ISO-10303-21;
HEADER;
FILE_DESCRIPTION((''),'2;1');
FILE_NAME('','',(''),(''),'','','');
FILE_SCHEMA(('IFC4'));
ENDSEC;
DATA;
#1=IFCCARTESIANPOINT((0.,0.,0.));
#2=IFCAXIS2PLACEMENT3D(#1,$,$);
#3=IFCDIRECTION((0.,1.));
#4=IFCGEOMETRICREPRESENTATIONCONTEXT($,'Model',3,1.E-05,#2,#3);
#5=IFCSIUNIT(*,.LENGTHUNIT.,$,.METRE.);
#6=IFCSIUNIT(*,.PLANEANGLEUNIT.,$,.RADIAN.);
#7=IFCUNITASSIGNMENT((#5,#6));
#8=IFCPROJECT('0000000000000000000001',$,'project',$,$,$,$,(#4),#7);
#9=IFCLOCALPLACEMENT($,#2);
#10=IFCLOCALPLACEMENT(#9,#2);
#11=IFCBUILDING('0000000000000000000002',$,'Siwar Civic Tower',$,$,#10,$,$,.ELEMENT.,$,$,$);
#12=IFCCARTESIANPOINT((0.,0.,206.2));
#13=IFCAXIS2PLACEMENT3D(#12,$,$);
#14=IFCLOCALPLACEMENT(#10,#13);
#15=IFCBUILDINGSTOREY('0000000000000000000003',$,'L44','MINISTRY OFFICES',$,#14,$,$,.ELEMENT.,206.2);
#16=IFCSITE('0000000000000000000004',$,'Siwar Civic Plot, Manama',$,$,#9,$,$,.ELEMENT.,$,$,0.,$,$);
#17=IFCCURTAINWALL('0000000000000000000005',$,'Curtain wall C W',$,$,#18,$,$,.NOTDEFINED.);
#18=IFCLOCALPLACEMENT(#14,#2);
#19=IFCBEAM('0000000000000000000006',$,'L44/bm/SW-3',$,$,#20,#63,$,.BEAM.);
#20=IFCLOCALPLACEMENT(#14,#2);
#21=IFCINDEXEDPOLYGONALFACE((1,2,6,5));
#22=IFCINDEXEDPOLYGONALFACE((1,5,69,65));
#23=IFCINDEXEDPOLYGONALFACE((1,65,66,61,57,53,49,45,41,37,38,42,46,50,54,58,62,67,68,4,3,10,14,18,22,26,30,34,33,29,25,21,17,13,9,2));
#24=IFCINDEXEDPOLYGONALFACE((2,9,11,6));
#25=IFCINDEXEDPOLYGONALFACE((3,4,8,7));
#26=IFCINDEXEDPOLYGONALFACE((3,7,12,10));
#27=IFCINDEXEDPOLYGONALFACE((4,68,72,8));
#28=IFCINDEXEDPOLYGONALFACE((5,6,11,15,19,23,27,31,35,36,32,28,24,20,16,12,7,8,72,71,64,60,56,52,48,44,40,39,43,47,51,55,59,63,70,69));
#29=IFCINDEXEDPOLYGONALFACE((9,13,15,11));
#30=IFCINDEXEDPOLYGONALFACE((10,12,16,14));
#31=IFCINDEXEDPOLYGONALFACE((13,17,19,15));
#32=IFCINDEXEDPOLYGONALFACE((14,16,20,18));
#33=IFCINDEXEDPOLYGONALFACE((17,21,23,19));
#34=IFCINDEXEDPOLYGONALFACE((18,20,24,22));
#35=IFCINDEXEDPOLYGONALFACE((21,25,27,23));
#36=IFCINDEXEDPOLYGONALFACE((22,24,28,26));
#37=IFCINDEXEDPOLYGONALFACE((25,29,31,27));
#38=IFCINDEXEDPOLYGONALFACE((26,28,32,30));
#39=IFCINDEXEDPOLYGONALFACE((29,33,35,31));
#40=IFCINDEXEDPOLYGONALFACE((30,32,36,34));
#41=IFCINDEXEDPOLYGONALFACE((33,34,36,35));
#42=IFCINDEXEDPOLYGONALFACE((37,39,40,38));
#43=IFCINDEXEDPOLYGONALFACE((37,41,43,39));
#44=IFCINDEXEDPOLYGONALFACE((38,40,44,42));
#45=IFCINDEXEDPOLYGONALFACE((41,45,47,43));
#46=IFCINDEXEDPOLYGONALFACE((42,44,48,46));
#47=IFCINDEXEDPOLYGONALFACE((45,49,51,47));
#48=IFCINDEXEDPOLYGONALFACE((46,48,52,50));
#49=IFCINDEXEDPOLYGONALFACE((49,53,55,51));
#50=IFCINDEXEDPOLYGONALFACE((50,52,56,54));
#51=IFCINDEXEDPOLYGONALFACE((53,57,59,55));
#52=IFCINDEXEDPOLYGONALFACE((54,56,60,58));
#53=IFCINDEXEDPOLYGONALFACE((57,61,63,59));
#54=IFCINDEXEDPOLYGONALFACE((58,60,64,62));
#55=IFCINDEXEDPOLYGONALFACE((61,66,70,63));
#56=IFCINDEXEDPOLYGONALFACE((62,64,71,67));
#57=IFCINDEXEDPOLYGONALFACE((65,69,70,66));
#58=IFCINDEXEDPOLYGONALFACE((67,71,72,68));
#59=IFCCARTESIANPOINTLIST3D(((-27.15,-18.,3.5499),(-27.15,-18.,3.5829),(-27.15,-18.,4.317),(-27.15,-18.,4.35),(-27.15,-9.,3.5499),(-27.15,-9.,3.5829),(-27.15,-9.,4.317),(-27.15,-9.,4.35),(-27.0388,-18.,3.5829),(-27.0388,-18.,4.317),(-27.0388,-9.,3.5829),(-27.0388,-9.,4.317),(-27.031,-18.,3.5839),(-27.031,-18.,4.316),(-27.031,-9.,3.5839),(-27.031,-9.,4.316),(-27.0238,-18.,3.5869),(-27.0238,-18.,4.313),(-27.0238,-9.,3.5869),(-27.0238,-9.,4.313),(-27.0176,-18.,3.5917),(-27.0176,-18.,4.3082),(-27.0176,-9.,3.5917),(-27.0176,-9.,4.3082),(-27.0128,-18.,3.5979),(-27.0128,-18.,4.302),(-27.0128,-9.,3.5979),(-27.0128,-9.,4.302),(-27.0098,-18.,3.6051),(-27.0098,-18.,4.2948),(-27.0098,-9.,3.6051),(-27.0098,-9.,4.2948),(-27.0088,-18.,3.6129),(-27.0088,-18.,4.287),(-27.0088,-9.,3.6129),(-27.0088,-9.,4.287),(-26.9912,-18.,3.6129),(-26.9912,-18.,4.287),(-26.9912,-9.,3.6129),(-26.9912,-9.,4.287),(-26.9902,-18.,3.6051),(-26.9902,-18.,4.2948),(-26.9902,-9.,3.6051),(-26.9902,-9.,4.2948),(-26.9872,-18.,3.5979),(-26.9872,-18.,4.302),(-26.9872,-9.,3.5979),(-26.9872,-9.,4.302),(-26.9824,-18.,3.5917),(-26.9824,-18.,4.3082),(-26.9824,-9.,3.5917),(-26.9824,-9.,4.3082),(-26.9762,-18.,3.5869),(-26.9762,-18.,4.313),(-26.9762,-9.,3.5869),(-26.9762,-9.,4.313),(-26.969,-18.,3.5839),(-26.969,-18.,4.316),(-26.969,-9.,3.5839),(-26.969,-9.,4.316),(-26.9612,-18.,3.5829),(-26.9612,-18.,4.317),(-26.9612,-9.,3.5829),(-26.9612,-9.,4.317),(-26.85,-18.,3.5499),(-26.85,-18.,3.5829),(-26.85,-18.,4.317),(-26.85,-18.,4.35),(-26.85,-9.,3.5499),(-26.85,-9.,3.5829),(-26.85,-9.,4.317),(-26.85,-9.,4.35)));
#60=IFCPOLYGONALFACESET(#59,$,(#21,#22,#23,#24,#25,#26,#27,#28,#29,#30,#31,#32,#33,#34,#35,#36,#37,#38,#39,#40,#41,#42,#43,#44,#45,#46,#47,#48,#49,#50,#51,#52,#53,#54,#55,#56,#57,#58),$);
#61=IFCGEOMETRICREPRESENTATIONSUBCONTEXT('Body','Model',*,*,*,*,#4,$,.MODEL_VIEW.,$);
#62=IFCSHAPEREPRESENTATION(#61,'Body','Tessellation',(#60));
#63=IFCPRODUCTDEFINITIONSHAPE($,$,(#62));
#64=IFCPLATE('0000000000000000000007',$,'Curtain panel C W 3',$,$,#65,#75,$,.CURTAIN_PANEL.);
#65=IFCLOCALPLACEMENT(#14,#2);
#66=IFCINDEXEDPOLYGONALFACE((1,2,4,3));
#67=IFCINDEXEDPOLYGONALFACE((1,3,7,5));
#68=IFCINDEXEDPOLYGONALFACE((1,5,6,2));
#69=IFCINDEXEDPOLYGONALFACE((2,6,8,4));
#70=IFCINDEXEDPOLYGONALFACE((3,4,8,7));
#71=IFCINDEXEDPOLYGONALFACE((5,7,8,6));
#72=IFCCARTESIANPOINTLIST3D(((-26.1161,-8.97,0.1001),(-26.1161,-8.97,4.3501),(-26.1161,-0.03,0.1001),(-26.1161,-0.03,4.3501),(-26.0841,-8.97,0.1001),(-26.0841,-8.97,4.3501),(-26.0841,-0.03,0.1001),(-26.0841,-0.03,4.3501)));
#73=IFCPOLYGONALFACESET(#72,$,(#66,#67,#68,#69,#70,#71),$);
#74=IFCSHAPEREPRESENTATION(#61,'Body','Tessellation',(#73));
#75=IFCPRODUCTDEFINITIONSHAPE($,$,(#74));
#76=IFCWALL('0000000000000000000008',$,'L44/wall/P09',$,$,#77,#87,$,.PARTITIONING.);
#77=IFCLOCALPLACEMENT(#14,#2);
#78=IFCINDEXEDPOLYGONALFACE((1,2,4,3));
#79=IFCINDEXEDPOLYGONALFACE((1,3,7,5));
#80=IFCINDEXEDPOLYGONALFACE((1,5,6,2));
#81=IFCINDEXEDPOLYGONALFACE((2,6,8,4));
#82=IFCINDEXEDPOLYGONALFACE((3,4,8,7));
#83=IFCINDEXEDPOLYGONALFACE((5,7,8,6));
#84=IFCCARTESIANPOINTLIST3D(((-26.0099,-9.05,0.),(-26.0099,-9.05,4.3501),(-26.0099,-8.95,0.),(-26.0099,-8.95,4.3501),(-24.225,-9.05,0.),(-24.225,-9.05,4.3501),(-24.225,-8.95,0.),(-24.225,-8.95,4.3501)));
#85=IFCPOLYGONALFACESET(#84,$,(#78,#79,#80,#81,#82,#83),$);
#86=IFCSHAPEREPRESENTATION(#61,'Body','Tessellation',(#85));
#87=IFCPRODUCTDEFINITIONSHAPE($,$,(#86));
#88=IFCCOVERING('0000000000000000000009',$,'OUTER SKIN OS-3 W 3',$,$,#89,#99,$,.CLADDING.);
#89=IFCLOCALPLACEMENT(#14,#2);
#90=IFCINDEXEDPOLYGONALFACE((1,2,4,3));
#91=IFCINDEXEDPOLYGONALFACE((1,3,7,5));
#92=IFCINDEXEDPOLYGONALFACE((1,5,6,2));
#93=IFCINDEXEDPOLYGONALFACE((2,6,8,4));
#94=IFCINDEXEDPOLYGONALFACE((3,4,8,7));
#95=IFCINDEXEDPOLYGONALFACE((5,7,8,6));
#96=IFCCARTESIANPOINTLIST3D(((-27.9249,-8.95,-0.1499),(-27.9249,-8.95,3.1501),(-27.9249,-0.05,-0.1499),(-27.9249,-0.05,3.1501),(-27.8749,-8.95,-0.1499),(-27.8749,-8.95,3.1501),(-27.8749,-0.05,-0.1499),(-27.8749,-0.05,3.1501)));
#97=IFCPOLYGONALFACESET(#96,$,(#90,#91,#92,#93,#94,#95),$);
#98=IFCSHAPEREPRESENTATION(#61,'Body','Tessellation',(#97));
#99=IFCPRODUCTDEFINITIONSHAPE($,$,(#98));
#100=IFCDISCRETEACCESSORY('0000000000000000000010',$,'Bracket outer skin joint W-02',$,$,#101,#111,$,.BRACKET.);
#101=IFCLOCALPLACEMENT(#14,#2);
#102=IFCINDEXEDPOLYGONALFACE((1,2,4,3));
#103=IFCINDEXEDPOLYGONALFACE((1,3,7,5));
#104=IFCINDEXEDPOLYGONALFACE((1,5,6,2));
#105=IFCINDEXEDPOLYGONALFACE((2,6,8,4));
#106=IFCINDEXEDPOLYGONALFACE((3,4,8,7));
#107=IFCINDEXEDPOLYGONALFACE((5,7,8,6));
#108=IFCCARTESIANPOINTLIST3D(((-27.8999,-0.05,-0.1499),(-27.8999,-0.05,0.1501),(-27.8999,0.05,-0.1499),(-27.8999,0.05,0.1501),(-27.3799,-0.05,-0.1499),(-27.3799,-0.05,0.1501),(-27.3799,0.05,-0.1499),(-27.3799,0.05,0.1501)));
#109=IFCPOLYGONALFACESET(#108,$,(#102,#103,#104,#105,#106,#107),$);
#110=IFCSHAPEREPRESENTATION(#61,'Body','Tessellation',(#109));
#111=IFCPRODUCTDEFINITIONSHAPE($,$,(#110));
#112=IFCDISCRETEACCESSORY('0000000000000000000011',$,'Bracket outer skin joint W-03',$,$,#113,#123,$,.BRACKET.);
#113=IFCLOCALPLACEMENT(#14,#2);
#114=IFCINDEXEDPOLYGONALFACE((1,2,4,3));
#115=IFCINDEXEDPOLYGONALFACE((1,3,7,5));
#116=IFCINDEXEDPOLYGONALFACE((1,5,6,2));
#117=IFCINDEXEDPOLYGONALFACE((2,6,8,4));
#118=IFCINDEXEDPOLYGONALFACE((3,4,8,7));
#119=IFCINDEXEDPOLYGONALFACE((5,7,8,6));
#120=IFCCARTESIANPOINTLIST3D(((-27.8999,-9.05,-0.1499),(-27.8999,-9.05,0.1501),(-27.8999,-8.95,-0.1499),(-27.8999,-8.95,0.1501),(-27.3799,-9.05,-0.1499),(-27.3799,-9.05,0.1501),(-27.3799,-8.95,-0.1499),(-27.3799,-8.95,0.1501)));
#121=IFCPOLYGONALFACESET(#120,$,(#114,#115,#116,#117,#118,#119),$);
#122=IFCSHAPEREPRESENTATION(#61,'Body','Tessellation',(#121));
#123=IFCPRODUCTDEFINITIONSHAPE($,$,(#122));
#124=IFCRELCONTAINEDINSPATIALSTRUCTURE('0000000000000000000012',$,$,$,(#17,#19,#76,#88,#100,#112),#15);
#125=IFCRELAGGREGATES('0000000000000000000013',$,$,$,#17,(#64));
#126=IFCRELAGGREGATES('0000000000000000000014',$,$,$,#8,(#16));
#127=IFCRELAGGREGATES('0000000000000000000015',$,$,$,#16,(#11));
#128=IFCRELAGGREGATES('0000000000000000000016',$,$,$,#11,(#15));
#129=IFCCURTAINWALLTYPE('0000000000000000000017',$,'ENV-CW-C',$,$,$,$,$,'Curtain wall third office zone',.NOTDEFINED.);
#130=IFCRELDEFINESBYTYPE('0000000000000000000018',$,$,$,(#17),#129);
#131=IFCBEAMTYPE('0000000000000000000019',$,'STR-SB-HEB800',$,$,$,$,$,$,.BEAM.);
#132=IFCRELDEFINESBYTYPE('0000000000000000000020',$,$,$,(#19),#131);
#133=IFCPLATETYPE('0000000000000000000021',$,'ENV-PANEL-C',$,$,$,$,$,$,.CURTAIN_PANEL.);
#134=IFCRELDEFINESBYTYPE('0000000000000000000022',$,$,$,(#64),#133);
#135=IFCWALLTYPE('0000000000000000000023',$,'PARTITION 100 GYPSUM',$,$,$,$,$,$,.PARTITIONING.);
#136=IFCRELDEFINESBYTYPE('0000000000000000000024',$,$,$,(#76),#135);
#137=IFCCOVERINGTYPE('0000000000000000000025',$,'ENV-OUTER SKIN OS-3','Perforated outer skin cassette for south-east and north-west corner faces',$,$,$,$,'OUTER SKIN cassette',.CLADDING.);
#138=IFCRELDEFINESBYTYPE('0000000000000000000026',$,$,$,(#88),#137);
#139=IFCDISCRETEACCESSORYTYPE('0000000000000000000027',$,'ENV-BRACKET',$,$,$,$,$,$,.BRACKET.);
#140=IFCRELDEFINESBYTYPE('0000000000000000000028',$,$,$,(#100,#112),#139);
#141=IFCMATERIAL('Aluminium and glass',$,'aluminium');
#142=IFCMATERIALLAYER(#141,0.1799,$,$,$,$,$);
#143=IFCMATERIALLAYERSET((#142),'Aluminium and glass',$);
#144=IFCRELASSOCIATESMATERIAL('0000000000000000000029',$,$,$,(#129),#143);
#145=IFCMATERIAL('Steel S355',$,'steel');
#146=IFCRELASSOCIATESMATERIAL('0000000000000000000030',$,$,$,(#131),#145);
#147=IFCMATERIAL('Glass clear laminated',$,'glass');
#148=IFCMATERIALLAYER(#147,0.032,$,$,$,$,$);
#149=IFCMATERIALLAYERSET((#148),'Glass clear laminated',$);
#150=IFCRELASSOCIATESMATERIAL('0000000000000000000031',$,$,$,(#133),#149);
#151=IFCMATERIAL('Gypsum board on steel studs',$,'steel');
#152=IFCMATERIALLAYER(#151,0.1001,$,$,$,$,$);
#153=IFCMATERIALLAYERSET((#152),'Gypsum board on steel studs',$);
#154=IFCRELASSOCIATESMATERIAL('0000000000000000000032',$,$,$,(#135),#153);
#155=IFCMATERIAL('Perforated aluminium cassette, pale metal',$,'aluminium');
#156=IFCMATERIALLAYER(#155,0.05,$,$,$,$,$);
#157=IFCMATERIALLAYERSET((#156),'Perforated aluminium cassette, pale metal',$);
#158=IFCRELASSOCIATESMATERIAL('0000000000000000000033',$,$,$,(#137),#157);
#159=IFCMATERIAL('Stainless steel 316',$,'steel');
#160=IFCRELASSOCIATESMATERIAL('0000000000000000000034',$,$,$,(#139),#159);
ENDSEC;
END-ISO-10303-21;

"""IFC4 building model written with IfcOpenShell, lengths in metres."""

from ifc_helpers import new_model, si_unit, direction, frame, frame_2d, origin, origin_2d, place, context, subcontext, project, spatial, rectangle, i_section, extrude, material, layer, layer_set, material_profile, profile_set, type_object, element, aggregate, save


model = new_model("IFC4")

# Units and contexts
model_context = context("Model", 3, precision=1e-05, world=origin(), true_north=direction((0.0, 1.0)))
body_context = subcontext(model_context, "Body", "Model", "MODEL_VIEW")
ifc_project = project(units=[si_unit("LENGTHUNIT", "METRE"), si_unit("PLANEANGLEUNIT", "RADIAN")], contexts=[model_context])

# Site, building, storey
site_placement = place(None, origin())
site = spatial("IfcSite", under=ifc_project, at=site_placement, Name="Siwar Civic Plot, Manama", CompositionType="ELEMENT", RefElevation=0.0)
building_placement = place(site_placement, origin())
building = spatial("IfcBuilding", under=site, at=building_placement, Name="Siwar Civic Tower", CompositionType="ELEMENT")
storey_placement = place(building_placement, frame((0.0, 0.0, 206.2)))
storey = spatial("IfcBuildingStorey", under=building, at=storey_placement, Name="L44", Description="MINISTRY OFFICES", CompositionType="ELEMENT", Elevation=206.2)

# Curtain wall
ifc_material_1 = material(Name="Aluminium and glass", Category="aluminium")
ifc_layer_1 = layer(ifc_material_1, 0.1799)
ifc_layer_set_1 = layer_set([ifc_layer_1], Name="Aluminium and glass")
curtain_wall_type = type_object("IfcCurtainWallType", Name="ENV-CW-C", ElementType="Curtain wall third office zone", PredefinedType="NOTDEFINED", material=ifc_layer_set_1)
curtain_wall_placement = place(storey_placement, origin())
curtain_wall = element("IfcCurtainWall", 1, at=curtain_wall_placement, inside=storey, type_object=curtain_wall_type, Name="Curtain wall C W", PredefinedType="NOTDEFINED")

# Beam
ifc_material_2 = material(Name="Steel S355", Category="steel")
ifc_material_profile_1 = material_profile(ifc_material_2, i_section(OverallWidth=0.3, OverallDepth=0.8, WebThickness=0.0176, FlangeThickness=0.033, FilletRadius=0.03, at=origin_2d()), Name="HEB800")
ifc_profile_set_1 = profile_set([ifc_material_profile_1], Name="Steel S355")
beam_type_1 = type_object("IfcBeamType", Name="STR-SB-HEB800", PredefinedType="BEAM", material=ifc_profile_set_1)
beam_placement = place(storey_placement, frame((-27.0, -9.0, 3.95), z_axis=(0.0, -1.0, 0.0), x_axis=(1.0, 0.0, 0.0)))
element("IfcBeam", 2, at=beam_placement, inside=storey, type_object=beam_type_1, Name="L44/bm/SW-3", PredefinedType="BEAM", context=body_context, shape_type="SweptSolid", body=[
    extrude(i_section(OverallWidth=0.3, OverallDepth=0.8, WebThickness=0.0176, FlangeThickness=0.033, FilletRadius=0.03, at=origin_2d()), origin(), (0.0, 0.0, 1.0), 9.0),
])

# Plate
ifc_material_3 = material(Name="Glass clear laminated", Category="glass")
ifc_layer_2 = layer(ifc_material_3, 0.032)
ifc_layer_set_2 = layer_set([ifc_layer_2], Name="Glass clear laminated")
plate_type = type_object("IfcPlateType", Name="ENV-PANEL-C", PredefinedType="CURTAIN_PANEL", material=ifc_layer_set_2)
plate_placement = place(storey_placement, frame((-26.1001, -4.5, 0.1001), z_axis=(0.0, 0.0, 1.0), x_axis=(0.0, -1.0, 0.0)))
plate = element("IfcPlate", 3, at=plate_placement, type_object=plate_type, Name="Curtain panel C W 3", PredefinedType="CURTAIN_PANEL", context=body_context, shape_type="SweptSolid", body=[
    extrude(rectangle(XDim=8.9399, YDim=0.032, at=origin_2d()), origin(), (0.0, 0.0, 1.0), 4.25),
])
aggregate(curtain_wall, [plate])

# Wall
ifc_material_4 = material(Name="Gypsum board on steel studs", Category="steel")
ifc_layer_3 = layer(ifc_material_4, 0.1001)
ifc_layer_set_3 = layer_set([ifc_layer_3], Name="Gypsum board on steel studs")
wall_type = type_object("IfcWallType", Name="PARTITION 100 GYPSUM", PredefinedType="PARTITIONING", material=ifc_layer_set_3)
wall_placement = place(storey_placement, frame((-26.01, -9.0, 0.0), z_axis=(0.0, 0.0, 1.0), x_axis=(1.0, 0.0, 0.0)))
element("IfcWall", 4, at=wall_placement, inside=storey, type_object=wall_type, Name="L44/wall/P09", PredefinedType="PARTITIONING", context=body_context, shape_type="SweptSolid", body=[
    extrude(rectangle(XDim=1.7849, YDim=0.1001, at=frame_2d((0.8926, 0.0))), origin(), (0.0, 0.0, 1.0), 4.3501),
])

# Covering
ifc_material_5 = material(Name="Perforated aluminium cassette, pale metal", Category="aluminium")
ifc_layer_4 = layer(ifc_material_5, 0.05)
ifc_layer_set_4 = layer_set([ifc_layer_4], Name="Perforated aluminium cassette, pale metal")
covering_type = type_object("IfcCoveringType", Name="ENV-OUTER SKIN OS-3", Description="Perforated outer skin cassette for south-east and north-west corner faces", ElementType="OUTER SKIN cassette", PredefinedType="CLADDING", material=ifc_layer_set_4)
covering_placement = place(storey_placement, frame((-27.8999, -4.5, -0.1499), z_axis=(0.0, 0.0, 1.0), x_axis=(0.0, -1.0, 0.0)))
element("IfcCovering", 5, at=covering_placement, inside=storey, type_object=covering_type, Name="OUTER SKIN OS-3 W 3", PredefinedType="CLADDING", context=body_context, shape_type="SweptSolid", body=[
    extrude(rectangle(XDim=8.8999, YDim=0.05, at=origin_2d()), origin(), (0.0, 0.0, 1.0), 3.3),
])

# Discrete accessories
ifc_material_6 = material(Name="Stainless steel 316", Category="steel")
discrete_accessory_type = type_object("IfcDiscreteAccessoryType", Name="ENV-BRACKET", PredefinedType="BRACKET", material=ifc_material_6)
for number, where, z_axis, x_axis, name in (
    (6, (-27.6399, 0.0, -0.1499), (0.0, 0.0, 1.0), (-1.0, 0.0, 0.0), "Bracket outer skin joint W-02"),
    (7, (-27.6399, -9.0, -0.1499), (0.0, 0.0, 1.0), (-1.0, 0.0, 0.0), "Bracket outer skin joint W-03"),
):
    element("IfcDiscreteAccessory", number, at=place(storey_placement, frame(where, z_axis=z_axis, x_axis=x_axis)), inside=storey, type_object=discrete_accessory_type, Name=name, PredefinedType="BRACKET", context=body_context, shape_type="SweptSolid", body=[
        extrude(rectangle(XDim=0.52, YDim=0.1001, at=origin_2d()), origin(), (0.0, 0.0, 1.0), 0.3),
    ])

save(model, "model.ifc")
